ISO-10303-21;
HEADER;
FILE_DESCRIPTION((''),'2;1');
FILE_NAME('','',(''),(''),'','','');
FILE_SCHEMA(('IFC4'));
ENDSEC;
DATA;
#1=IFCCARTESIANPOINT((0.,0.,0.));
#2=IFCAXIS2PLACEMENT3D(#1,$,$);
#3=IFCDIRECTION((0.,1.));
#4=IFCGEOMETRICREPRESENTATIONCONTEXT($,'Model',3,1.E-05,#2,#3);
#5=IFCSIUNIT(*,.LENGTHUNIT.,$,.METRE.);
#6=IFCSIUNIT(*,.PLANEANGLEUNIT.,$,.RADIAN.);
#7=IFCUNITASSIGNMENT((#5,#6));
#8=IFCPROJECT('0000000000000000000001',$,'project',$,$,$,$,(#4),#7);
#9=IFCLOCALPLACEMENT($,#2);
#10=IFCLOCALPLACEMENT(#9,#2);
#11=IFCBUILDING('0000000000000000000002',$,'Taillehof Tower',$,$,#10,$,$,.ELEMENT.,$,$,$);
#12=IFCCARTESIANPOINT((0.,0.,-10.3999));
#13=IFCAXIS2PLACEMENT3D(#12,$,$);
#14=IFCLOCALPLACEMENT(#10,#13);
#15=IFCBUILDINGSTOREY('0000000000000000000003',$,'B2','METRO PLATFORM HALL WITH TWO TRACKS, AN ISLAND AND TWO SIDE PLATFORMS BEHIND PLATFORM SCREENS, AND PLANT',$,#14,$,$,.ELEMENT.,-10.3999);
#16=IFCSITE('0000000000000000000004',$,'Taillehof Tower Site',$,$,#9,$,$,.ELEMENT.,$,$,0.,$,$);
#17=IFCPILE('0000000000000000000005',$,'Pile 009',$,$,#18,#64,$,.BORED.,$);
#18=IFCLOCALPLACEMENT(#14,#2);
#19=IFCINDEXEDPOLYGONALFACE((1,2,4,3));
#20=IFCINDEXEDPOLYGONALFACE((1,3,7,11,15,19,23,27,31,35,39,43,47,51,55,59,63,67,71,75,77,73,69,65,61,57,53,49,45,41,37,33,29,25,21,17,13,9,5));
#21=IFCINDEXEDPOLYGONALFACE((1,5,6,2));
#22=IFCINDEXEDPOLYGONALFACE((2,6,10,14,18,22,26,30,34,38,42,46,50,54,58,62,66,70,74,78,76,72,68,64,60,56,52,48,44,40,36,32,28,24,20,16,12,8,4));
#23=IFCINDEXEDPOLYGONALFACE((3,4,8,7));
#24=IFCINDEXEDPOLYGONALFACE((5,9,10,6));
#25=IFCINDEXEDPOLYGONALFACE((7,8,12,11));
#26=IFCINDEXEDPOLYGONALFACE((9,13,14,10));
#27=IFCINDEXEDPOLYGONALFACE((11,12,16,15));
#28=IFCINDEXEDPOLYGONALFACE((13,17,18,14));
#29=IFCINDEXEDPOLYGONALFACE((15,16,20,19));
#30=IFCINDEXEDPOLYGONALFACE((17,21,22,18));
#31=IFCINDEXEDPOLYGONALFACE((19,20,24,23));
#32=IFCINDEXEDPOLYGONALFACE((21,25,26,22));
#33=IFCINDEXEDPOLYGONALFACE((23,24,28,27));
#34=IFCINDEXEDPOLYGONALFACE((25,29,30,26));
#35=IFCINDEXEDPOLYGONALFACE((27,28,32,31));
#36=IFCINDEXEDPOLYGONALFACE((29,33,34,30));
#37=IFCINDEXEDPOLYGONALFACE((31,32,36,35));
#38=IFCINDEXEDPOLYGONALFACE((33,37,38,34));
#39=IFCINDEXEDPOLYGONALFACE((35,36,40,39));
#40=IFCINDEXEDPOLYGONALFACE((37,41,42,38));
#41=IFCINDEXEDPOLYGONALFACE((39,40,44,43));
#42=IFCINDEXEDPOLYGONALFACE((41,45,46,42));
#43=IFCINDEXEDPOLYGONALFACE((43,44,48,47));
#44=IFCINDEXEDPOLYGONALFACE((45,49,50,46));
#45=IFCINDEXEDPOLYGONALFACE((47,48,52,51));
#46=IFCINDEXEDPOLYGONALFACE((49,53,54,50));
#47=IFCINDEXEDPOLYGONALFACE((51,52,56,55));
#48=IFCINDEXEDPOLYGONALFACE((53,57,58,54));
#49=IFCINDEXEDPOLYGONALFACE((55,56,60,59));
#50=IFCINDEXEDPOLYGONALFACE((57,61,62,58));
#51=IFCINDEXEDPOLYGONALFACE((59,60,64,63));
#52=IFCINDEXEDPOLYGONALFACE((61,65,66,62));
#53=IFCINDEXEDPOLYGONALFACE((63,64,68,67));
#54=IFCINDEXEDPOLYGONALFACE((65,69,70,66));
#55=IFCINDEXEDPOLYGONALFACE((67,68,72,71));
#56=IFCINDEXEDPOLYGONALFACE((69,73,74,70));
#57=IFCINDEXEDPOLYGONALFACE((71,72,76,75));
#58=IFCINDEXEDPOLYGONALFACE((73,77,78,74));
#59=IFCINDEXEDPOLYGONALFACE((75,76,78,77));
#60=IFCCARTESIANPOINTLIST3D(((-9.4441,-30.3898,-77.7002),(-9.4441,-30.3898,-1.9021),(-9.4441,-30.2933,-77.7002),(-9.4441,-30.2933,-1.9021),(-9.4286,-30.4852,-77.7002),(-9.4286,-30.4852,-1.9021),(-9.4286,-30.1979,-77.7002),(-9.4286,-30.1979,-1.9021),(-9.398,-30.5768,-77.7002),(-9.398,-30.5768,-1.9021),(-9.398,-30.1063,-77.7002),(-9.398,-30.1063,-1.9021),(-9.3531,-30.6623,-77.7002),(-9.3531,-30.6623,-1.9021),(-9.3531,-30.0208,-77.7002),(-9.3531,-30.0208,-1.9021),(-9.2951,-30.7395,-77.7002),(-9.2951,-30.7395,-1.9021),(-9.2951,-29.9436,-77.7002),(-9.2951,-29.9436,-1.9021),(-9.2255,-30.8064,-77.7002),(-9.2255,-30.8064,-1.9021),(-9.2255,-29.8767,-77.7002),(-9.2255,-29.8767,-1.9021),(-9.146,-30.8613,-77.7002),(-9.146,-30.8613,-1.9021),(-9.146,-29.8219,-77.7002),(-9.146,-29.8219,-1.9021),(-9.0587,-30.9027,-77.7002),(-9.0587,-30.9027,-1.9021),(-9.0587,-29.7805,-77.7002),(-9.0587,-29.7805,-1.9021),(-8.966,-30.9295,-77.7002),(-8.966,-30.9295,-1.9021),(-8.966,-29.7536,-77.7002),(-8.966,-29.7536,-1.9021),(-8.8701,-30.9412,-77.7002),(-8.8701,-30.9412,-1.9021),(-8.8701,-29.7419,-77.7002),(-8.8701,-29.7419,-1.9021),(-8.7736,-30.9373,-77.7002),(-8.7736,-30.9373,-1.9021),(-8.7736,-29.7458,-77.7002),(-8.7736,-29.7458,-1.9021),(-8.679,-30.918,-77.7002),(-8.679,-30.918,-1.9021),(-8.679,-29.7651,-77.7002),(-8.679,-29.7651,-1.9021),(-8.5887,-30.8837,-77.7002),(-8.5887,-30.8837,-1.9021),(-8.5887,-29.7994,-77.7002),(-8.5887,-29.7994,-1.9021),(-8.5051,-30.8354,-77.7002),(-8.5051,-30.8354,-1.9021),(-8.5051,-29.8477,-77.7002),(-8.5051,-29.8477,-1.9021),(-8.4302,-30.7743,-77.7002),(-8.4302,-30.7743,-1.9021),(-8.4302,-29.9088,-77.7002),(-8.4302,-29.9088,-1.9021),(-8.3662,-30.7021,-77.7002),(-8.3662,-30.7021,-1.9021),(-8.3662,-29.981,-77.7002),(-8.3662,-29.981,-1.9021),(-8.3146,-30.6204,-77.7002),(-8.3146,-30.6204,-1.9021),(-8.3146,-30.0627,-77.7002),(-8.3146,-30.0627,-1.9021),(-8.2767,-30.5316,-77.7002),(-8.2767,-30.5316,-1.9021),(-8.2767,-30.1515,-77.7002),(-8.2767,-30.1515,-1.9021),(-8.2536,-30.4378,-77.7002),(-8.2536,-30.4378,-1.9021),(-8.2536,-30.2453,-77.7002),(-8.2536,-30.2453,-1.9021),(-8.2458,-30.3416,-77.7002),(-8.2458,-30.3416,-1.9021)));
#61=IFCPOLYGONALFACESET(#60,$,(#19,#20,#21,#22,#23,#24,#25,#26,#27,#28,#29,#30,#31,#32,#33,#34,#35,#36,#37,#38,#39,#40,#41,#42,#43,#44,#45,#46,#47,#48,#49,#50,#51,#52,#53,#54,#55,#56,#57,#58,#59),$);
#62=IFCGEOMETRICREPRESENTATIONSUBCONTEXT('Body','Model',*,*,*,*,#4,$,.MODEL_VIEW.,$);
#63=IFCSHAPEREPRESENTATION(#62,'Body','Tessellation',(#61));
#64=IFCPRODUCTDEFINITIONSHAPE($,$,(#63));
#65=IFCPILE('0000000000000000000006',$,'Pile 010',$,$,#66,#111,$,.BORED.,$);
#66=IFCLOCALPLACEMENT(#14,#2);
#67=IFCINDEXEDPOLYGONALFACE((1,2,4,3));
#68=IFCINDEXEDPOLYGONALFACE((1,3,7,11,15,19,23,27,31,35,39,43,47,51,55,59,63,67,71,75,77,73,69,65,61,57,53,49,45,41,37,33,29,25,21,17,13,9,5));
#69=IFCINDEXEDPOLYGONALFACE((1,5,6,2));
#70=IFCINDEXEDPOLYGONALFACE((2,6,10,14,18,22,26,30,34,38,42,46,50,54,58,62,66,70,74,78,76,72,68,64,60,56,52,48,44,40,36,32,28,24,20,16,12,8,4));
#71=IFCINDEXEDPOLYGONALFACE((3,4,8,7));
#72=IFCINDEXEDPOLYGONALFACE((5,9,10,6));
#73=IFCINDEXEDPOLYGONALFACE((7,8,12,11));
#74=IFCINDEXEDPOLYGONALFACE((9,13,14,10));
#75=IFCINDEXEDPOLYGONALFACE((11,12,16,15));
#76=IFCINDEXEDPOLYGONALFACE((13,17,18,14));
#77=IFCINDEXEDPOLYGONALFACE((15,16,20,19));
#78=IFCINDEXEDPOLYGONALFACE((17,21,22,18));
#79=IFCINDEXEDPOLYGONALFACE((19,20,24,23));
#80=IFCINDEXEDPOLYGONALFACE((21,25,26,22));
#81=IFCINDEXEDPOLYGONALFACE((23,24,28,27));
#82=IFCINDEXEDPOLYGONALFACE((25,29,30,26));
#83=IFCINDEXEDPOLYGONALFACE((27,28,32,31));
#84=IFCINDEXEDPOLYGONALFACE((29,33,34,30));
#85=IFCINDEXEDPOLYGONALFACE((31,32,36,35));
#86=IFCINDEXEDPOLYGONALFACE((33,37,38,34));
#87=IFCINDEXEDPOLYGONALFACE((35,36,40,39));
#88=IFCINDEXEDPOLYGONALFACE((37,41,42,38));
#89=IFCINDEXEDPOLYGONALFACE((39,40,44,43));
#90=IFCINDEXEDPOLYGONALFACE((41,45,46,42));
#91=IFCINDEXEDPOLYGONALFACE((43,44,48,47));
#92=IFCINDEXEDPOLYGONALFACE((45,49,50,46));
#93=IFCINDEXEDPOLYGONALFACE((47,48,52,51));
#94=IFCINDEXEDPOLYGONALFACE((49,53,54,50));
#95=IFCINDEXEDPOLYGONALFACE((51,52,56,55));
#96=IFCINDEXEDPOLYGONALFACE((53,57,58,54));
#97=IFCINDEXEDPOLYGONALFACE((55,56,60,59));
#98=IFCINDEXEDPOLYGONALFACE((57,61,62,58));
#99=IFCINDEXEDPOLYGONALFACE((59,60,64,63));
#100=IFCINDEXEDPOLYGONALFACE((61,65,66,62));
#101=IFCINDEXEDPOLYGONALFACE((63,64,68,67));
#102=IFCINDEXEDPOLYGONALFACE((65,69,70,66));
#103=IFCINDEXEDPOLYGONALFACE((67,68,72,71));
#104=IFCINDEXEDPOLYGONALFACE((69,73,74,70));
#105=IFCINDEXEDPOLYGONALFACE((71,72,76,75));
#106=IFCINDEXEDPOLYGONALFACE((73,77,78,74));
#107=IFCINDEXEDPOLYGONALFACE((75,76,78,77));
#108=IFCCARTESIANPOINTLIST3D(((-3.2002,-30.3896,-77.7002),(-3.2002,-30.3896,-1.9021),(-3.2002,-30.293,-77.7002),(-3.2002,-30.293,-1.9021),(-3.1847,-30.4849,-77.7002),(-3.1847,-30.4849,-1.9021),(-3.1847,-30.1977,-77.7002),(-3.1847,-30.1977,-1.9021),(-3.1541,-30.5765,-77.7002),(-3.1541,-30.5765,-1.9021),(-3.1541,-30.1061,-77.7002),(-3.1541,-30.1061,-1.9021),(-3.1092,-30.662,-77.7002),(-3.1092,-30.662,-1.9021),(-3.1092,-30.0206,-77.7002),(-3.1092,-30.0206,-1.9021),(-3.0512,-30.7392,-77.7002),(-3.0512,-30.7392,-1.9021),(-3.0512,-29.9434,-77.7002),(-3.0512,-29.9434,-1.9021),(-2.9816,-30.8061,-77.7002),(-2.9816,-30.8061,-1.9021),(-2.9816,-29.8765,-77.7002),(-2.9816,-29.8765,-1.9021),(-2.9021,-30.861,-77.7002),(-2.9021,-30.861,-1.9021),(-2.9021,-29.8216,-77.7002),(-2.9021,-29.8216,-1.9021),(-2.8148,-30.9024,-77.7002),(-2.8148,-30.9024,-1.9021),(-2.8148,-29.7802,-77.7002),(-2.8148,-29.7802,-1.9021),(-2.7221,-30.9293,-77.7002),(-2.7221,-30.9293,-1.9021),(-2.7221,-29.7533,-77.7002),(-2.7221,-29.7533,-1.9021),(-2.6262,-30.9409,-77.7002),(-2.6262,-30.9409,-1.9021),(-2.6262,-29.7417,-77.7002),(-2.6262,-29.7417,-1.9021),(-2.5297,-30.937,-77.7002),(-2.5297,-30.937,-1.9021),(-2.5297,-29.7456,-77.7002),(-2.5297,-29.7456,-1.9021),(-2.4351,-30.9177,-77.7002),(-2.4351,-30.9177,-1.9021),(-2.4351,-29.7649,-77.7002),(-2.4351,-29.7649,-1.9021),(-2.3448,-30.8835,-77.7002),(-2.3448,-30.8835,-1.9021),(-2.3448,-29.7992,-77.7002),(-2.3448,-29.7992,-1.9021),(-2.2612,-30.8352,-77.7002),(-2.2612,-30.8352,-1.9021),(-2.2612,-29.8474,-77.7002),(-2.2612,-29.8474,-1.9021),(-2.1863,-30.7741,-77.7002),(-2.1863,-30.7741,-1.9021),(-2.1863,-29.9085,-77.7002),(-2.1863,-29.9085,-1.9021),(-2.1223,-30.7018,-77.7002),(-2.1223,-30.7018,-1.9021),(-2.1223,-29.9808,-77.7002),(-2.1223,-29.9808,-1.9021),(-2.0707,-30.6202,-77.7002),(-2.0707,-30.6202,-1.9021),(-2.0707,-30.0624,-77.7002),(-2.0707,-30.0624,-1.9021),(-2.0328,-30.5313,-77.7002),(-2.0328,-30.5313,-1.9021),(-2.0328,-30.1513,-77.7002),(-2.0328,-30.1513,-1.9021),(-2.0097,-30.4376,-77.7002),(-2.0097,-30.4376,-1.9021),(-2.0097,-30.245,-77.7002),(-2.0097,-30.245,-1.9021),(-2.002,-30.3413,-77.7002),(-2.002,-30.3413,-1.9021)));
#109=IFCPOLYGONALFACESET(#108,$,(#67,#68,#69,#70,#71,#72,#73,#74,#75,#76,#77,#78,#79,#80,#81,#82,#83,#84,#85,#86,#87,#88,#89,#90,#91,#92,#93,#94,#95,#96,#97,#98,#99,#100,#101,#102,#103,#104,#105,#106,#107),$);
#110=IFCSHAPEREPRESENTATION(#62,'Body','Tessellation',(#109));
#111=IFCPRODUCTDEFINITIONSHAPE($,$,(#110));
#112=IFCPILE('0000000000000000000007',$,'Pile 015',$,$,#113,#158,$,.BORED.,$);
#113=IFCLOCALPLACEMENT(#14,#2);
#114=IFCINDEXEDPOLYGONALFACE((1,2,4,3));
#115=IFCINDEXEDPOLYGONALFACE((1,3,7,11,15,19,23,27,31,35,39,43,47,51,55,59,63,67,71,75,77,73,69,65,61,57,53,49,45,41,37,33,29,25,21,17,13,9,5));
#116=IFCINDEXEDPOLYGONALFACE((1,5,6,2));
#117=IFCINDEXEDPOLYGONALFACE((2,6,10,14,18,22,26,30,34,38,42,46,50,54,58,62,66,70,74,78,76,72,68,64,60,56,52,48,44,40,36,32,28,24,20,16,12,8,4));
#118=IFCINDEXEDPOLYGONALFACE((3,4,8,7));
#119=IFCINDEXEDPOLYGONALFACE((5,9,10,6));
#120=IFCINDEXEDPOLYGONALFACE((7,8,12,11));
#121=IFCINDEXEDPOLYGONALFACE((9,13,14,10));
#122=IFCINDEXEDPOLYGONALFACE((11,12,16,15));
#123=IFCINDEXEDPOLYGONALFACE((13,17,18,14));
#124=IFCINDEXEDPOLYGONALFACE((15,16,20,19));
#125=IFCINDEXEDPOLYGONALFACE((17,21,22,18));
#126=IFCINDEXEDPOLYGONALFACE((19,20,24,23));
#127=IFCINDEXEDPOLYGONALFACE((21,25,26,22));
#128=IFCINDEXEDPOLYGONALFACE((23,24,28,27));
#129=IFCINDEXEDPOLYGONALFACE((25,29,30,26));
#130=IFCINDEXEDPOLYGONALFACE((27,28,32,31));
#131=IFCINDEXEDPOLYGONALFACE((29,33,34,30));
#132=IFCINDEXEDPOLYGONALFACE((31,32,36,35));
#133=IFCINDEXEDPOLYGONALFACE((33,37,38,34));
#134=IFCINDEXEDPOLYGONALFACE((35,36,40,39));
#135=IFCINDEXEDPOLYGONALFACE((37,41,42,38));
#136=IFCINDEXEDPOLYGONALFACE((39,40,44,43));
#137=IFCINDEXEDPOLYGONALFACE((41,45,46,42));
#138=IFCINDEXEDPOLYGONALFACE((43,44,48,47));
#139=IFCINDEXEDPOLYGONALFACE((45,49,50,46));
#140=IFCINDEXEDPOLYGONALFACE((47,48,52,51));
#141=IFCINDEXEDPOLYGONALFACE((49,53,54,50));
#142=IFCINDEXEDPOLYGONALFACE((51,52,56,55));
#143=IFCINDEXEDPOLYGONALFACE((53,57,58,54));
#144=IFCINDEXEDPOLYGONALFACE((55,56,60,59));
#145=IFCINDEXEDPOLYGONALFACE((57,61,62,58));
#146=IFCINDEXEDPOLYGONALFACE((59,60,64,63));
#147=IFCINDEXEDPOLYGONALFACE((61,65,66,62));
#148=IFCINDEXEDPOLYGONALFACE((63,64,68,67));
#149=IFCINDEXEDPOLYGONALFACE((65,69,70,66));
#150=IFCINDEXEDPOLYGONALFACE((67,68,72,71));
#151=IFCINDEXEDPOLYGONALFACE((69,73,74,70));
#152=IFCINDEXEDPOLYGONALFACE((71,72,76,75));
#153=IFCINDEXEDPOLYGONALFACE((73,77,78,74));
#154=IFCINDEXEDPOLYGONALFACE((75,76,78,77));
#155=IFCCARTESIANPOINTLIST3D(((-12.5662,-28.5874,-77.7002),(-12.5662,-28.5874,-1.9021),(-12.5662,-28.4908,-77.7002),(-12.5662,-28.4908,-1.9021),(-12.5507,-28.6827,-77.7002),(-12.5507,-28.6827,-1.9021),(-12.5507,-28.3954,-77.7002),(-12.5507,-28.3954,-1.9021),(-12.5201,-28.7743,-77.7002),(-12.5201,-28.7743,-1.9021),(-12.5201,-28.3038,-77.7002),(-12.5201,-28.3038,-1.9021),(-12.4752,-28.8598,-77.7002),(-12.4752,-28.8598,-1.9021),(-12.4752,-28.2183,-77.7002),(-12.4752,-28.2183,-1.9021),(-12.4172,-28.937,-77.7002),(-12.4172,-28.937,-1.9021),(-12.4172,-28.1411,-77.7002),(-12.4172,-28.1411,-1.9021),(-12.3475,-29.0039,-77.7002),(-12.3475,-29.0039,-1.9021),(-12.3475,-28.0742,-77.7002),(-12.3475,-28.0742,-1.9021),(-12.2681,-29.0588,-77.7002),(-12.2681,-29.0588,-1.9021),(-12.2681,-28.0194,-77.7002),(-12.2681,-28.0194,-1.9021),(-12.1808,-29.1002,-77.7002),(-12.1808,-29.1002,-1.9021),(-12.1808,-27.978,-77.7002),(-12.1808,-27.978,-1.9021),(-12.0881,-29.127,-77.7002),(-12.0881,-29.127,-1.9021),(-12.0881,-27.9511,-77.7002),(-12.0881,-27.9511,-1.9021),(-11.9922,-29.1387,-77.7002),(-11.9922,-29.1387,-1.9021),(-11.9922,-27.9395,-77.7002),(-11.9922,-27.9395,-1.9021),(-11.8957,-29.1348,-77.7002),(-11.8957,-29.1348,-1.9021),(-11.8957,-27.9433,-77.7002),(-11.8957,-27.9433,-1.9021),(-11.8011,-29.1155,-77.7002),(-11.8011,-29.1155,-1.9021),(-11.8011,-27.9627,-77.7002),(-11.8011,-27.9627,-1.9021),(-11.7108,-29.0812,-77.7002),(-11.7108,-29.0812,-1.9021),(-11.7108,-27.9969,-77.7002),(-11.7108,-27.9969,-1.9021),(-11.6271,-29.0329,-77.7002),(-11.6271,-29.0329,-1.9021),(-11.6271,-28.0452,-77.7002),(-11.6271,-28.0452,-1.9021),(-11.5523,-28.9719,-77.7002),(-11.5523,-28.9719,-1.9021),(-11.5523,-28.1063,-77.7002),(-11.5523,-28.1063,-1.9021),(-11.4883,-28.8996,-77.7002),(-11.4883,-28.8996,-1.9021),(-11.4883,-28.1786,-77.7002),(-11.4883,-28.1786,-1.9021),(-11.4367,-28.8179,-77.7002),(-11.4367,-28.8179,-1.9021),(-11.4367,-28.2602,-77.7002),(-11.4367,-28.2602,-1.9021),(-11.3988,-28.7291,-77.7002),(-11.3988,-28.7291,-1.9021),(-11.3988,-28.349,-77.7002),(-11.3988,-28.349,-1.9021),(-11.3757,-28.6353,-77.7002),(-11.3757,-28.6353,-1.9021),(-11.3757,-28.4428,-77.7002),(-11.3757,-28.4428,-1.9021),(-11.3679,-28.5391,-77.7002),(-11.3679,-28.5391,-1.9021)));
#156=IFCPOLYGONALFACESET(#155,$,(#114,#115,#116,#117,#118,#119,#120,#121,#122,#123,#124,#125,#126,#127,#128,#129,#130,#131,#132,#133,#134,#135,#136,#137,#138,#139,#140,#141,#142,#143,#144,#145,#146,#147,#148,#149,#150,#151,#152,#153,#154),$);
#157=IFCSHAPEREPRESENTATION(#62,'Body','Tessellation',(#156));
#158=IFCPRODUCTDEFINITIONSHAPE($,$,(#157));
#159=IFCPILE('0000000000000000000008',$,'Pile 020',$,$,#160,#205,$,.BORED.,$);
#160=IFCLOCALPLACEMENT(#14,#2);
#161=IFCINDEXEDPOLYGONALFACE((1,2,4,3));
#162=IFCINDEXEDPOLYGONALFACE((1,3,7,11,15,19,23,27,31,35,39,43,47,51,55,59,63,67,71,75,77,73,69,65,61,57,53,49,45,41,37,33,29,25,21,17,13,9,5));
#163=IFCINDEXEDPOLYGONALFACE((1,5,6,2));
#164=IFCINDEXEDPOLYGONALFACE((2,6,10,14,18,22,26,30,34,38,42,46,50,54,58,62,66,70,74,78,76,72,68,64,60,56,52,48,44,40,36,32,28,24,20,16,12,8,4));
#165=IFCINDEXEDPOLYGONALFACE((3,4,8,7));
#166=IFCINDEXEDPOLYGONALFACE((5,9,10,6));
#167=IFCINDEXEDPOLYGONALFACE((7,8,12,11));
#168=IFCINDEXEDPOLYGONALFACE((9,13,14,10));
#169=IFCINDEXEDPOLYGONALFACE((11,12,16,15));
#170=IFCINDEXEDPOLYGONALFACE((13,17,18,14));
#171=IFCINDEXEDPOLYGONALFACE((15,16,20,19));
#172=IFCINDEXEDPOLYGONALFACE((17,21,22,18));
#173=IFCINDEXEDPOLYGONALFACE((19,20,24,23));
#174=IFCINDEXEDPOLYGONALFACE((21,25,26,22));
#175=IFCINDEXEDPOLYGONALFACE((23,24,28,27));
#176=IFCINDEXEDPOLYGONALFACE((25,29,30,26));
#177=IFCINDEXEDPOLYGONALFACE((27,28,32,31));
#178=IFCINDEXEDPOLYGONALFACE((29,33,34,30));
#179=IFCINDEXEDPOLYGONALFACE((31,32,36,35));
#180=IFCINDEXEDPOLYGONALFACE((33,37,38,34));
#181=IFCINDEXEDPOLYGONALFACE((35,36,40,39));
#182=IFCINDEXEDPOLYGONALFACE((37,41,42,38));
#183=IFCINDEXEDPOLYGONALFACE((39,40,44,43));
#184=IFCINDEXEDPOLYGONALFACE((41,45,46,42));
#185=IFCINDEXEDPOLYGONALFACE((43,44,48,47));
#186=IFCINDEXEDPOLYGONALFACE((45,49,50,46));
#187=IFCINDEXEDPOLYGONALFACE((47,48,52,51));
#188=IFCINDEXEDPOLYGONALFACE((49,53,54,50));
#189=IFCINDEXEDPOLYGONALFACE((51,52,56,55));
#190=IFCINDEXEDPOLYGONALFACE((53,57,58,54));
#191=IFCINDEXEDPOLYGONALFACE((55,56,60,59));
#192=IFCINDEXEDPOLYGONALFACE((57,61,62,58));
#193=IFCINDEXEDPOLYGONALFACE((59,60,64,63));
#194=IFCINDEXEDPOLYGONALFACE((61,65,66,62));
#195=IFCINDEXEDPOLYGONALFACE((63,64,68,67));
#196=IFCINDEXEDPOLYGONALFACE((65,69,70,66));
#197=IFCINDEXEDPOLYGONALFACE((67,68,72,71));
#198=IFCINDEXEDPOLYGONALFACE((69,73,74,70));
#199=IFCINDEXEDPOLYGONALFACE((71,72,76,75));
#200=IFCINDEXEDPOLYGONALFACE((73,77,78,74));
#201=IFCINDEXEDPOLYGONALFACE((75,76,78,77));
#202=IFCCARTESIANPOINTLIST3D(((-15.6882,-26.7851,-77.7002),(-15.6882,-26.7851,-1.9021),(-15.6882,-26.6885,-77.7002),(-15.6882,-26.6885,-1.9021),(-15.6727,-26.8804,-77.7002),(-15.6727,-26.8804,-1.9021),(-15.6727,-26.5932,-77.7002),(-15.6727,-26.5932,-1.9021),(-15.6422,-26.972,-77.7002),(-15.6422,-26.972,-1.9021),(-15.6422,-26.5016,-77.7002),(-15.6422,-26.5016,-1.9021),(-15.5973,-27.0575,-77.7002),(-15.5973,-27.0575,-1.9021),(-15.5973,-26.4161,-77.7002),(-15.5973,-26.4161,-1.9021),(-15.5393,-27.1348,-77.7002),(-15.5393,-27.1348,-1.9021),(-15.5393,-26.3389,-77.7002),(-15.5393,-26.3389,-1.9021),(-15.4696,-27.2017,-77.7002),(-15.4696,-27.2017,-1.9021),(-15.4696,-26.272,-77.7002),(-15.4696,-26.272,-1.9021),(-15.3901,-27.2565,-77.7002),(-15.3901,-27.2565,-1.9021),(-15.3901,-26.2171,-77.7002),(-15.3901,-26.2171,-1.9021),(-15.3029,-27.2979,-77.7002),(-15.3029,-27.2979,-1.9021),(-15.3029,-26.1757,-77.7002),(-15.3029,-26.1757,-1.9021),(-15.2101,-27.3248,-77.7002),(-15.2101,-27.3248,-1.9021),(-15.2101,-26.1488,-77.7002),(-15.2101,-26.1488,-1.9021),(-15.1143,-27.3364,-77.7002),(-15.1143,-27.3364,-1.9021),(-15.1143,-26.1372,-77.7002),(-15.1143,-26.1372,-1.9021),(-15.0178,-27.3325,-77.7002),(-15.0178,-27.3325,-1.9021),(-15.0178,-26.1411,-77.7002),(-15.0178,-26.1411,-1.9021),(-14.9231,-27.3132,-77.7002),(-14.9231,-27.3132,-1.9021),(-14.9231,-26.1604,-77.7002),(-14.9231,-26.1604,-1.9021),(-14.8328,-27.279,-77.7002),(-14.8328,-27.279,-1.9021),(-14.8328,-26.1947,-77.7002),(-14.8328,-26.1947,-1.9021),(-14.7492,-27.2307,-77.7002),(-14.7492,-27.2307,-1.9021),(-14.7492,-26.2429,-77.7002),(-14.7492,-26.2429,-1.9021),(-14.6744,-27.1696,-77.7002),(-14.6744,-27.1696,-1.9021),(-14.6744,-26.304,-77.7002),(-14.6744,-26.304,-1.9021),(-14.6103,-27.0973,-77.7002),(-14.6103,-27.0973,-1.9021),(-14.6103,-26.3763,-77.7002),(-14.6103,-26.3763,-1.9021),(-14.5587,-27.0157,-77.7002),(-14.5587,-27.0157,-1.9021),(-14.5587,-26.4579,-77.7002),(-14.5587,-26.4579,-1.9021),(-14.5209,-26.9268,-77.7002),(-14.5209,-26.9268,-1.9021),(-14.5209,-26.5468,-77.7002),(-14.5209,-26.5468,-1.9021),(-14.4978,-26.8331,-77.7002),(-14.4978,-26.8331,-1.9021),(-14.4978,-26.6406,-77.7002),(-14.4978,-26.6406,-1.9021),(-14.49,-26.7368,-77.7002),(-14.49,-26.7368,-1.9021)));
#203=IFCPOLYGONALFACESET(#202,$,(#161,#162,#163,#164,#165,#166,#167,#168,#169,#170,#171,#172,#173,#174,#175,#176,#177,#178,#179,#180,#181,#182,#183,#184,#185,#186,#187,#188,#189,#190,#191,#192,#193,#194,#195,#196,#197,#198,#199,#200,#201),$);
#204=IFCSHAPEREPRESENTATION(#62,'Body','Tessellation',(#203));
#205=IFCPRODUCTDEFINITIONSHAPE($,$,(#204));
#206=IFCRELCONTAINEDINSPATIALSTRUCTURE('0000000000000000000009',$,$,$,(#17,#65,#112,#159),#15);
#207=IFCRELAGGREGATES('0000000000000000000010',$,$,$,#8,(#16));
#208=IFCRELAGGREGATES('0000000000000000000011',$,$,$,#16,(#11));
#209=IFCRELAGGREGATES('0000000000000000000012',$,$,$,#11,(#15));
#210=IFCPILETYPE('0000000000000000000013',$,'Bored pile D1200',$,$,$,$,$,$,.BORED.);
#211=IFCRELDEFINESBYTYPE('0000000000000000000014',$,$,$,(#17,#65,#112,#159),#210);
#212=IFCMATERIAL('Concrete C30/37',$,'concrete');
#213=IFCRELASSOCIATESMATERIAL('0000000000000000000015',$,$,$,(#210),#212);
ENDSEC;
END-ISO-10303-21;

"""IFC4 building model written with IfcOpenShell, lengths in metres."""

from ifc_helpers import new_model, si_unit, direction, frame, origin, origin_2d, place, context, subcontext, project, spatial, circle, extrude, material, material_profile, profile_set, type_object, element, save


model = new_model("IFC4")

# Units and contexts
model_context = context("Model", 3, precision=1e-05, world=origin(), true_north=direction((0.0, 1.0)))
body_context = subcontext(model_context, "Body", "Model", "MODEL_VIEW")
ifc_project = project(units=[si_unit("LENGTHUNIT", "METRE"), si_unit("PLANEANGLEUNIT", "RADIAN")], contexts=[model_context])

# Site, building, storey
site_placement = place(None, origin())
site = spatial("IfcSite", under=ifc_project, at=site_placement, Name="Taillehof Tower Site", CompositionType="ELEMENT", RefElevation=0.0)
building_placement = place(site_placement, origin())
building = spatial("IfcBuilding", under=site, at=building_placement, Name="Taillehof Tower", CompositionType="ELEMENT")
storey_placement = place(building_placement, frame((0.0, 0.0, -10.3999)))
storey = spatial("IfcBuildingStorey", under=building, at=storey_placement, Name="B2", Description="METRO PLATFORM HALL WITH TWO TRACKS, AN ISLAND AND TWO SIDE PLATFORMS BEHIND PLATFORM SCREENS, AND PLANT", CompositionType="ELEMENT", Elevation=-10.3999)

# Piles
ifc_material_1 = material(Name="Concrete C30/37", Category="concrete")
ifc_material_profile_1 = material_profile(ifc_material_1, circle(Radius=0.6001, at=origin_2d()), Name="BP D1200")
ifc_profile_set_1 = profile_set([ifc_material_profile_1], Name="Concrete C30/37")
pile_type = type_object("IfcPileType", Name="Bored pile D1200", PredefinedType="BORED", material=ifc_profile_set_1)
for number, where, z_axis, x_axis, name in (
    (1, (-8.8459, -30.3416, -1.9021), (0.0, 0.0, -1.0), (1.0, 0.0, 0.0), "Pile 009"),
    (2, (-2.6021, -30.3413, -1.9021), (0.0, 0.0, -1.0), (1.0, 0.0, 0.0), "Pile 010"),
    (3, (-11.968, -28.5391, -1.9021), (0.0, 0.0, -1.0), (1.0, 0.0, 0.0), "Pile 015"),
    (4, (-15.0901, -26.7368, -1.9021), (0.0, 0.0, -1.0), (1.0, 0.0, 0.0), "Pile 020"),
):
    element("IfcPile", number, at=place(storey_placement, frame(where, z_axis=z_axis, x_axis=x_axis)), inside=storey, type_object=pile_type, Name=name, PredefinedType="BORED", context=body_context, shape_type="SweptSolid", body=[
        extrude(circle(Radius=0.6001, at=origin_2d()), origin(), (0.0, 0.0, 1.0), 75.7981),
    ])

save(model, "model.ifc")
